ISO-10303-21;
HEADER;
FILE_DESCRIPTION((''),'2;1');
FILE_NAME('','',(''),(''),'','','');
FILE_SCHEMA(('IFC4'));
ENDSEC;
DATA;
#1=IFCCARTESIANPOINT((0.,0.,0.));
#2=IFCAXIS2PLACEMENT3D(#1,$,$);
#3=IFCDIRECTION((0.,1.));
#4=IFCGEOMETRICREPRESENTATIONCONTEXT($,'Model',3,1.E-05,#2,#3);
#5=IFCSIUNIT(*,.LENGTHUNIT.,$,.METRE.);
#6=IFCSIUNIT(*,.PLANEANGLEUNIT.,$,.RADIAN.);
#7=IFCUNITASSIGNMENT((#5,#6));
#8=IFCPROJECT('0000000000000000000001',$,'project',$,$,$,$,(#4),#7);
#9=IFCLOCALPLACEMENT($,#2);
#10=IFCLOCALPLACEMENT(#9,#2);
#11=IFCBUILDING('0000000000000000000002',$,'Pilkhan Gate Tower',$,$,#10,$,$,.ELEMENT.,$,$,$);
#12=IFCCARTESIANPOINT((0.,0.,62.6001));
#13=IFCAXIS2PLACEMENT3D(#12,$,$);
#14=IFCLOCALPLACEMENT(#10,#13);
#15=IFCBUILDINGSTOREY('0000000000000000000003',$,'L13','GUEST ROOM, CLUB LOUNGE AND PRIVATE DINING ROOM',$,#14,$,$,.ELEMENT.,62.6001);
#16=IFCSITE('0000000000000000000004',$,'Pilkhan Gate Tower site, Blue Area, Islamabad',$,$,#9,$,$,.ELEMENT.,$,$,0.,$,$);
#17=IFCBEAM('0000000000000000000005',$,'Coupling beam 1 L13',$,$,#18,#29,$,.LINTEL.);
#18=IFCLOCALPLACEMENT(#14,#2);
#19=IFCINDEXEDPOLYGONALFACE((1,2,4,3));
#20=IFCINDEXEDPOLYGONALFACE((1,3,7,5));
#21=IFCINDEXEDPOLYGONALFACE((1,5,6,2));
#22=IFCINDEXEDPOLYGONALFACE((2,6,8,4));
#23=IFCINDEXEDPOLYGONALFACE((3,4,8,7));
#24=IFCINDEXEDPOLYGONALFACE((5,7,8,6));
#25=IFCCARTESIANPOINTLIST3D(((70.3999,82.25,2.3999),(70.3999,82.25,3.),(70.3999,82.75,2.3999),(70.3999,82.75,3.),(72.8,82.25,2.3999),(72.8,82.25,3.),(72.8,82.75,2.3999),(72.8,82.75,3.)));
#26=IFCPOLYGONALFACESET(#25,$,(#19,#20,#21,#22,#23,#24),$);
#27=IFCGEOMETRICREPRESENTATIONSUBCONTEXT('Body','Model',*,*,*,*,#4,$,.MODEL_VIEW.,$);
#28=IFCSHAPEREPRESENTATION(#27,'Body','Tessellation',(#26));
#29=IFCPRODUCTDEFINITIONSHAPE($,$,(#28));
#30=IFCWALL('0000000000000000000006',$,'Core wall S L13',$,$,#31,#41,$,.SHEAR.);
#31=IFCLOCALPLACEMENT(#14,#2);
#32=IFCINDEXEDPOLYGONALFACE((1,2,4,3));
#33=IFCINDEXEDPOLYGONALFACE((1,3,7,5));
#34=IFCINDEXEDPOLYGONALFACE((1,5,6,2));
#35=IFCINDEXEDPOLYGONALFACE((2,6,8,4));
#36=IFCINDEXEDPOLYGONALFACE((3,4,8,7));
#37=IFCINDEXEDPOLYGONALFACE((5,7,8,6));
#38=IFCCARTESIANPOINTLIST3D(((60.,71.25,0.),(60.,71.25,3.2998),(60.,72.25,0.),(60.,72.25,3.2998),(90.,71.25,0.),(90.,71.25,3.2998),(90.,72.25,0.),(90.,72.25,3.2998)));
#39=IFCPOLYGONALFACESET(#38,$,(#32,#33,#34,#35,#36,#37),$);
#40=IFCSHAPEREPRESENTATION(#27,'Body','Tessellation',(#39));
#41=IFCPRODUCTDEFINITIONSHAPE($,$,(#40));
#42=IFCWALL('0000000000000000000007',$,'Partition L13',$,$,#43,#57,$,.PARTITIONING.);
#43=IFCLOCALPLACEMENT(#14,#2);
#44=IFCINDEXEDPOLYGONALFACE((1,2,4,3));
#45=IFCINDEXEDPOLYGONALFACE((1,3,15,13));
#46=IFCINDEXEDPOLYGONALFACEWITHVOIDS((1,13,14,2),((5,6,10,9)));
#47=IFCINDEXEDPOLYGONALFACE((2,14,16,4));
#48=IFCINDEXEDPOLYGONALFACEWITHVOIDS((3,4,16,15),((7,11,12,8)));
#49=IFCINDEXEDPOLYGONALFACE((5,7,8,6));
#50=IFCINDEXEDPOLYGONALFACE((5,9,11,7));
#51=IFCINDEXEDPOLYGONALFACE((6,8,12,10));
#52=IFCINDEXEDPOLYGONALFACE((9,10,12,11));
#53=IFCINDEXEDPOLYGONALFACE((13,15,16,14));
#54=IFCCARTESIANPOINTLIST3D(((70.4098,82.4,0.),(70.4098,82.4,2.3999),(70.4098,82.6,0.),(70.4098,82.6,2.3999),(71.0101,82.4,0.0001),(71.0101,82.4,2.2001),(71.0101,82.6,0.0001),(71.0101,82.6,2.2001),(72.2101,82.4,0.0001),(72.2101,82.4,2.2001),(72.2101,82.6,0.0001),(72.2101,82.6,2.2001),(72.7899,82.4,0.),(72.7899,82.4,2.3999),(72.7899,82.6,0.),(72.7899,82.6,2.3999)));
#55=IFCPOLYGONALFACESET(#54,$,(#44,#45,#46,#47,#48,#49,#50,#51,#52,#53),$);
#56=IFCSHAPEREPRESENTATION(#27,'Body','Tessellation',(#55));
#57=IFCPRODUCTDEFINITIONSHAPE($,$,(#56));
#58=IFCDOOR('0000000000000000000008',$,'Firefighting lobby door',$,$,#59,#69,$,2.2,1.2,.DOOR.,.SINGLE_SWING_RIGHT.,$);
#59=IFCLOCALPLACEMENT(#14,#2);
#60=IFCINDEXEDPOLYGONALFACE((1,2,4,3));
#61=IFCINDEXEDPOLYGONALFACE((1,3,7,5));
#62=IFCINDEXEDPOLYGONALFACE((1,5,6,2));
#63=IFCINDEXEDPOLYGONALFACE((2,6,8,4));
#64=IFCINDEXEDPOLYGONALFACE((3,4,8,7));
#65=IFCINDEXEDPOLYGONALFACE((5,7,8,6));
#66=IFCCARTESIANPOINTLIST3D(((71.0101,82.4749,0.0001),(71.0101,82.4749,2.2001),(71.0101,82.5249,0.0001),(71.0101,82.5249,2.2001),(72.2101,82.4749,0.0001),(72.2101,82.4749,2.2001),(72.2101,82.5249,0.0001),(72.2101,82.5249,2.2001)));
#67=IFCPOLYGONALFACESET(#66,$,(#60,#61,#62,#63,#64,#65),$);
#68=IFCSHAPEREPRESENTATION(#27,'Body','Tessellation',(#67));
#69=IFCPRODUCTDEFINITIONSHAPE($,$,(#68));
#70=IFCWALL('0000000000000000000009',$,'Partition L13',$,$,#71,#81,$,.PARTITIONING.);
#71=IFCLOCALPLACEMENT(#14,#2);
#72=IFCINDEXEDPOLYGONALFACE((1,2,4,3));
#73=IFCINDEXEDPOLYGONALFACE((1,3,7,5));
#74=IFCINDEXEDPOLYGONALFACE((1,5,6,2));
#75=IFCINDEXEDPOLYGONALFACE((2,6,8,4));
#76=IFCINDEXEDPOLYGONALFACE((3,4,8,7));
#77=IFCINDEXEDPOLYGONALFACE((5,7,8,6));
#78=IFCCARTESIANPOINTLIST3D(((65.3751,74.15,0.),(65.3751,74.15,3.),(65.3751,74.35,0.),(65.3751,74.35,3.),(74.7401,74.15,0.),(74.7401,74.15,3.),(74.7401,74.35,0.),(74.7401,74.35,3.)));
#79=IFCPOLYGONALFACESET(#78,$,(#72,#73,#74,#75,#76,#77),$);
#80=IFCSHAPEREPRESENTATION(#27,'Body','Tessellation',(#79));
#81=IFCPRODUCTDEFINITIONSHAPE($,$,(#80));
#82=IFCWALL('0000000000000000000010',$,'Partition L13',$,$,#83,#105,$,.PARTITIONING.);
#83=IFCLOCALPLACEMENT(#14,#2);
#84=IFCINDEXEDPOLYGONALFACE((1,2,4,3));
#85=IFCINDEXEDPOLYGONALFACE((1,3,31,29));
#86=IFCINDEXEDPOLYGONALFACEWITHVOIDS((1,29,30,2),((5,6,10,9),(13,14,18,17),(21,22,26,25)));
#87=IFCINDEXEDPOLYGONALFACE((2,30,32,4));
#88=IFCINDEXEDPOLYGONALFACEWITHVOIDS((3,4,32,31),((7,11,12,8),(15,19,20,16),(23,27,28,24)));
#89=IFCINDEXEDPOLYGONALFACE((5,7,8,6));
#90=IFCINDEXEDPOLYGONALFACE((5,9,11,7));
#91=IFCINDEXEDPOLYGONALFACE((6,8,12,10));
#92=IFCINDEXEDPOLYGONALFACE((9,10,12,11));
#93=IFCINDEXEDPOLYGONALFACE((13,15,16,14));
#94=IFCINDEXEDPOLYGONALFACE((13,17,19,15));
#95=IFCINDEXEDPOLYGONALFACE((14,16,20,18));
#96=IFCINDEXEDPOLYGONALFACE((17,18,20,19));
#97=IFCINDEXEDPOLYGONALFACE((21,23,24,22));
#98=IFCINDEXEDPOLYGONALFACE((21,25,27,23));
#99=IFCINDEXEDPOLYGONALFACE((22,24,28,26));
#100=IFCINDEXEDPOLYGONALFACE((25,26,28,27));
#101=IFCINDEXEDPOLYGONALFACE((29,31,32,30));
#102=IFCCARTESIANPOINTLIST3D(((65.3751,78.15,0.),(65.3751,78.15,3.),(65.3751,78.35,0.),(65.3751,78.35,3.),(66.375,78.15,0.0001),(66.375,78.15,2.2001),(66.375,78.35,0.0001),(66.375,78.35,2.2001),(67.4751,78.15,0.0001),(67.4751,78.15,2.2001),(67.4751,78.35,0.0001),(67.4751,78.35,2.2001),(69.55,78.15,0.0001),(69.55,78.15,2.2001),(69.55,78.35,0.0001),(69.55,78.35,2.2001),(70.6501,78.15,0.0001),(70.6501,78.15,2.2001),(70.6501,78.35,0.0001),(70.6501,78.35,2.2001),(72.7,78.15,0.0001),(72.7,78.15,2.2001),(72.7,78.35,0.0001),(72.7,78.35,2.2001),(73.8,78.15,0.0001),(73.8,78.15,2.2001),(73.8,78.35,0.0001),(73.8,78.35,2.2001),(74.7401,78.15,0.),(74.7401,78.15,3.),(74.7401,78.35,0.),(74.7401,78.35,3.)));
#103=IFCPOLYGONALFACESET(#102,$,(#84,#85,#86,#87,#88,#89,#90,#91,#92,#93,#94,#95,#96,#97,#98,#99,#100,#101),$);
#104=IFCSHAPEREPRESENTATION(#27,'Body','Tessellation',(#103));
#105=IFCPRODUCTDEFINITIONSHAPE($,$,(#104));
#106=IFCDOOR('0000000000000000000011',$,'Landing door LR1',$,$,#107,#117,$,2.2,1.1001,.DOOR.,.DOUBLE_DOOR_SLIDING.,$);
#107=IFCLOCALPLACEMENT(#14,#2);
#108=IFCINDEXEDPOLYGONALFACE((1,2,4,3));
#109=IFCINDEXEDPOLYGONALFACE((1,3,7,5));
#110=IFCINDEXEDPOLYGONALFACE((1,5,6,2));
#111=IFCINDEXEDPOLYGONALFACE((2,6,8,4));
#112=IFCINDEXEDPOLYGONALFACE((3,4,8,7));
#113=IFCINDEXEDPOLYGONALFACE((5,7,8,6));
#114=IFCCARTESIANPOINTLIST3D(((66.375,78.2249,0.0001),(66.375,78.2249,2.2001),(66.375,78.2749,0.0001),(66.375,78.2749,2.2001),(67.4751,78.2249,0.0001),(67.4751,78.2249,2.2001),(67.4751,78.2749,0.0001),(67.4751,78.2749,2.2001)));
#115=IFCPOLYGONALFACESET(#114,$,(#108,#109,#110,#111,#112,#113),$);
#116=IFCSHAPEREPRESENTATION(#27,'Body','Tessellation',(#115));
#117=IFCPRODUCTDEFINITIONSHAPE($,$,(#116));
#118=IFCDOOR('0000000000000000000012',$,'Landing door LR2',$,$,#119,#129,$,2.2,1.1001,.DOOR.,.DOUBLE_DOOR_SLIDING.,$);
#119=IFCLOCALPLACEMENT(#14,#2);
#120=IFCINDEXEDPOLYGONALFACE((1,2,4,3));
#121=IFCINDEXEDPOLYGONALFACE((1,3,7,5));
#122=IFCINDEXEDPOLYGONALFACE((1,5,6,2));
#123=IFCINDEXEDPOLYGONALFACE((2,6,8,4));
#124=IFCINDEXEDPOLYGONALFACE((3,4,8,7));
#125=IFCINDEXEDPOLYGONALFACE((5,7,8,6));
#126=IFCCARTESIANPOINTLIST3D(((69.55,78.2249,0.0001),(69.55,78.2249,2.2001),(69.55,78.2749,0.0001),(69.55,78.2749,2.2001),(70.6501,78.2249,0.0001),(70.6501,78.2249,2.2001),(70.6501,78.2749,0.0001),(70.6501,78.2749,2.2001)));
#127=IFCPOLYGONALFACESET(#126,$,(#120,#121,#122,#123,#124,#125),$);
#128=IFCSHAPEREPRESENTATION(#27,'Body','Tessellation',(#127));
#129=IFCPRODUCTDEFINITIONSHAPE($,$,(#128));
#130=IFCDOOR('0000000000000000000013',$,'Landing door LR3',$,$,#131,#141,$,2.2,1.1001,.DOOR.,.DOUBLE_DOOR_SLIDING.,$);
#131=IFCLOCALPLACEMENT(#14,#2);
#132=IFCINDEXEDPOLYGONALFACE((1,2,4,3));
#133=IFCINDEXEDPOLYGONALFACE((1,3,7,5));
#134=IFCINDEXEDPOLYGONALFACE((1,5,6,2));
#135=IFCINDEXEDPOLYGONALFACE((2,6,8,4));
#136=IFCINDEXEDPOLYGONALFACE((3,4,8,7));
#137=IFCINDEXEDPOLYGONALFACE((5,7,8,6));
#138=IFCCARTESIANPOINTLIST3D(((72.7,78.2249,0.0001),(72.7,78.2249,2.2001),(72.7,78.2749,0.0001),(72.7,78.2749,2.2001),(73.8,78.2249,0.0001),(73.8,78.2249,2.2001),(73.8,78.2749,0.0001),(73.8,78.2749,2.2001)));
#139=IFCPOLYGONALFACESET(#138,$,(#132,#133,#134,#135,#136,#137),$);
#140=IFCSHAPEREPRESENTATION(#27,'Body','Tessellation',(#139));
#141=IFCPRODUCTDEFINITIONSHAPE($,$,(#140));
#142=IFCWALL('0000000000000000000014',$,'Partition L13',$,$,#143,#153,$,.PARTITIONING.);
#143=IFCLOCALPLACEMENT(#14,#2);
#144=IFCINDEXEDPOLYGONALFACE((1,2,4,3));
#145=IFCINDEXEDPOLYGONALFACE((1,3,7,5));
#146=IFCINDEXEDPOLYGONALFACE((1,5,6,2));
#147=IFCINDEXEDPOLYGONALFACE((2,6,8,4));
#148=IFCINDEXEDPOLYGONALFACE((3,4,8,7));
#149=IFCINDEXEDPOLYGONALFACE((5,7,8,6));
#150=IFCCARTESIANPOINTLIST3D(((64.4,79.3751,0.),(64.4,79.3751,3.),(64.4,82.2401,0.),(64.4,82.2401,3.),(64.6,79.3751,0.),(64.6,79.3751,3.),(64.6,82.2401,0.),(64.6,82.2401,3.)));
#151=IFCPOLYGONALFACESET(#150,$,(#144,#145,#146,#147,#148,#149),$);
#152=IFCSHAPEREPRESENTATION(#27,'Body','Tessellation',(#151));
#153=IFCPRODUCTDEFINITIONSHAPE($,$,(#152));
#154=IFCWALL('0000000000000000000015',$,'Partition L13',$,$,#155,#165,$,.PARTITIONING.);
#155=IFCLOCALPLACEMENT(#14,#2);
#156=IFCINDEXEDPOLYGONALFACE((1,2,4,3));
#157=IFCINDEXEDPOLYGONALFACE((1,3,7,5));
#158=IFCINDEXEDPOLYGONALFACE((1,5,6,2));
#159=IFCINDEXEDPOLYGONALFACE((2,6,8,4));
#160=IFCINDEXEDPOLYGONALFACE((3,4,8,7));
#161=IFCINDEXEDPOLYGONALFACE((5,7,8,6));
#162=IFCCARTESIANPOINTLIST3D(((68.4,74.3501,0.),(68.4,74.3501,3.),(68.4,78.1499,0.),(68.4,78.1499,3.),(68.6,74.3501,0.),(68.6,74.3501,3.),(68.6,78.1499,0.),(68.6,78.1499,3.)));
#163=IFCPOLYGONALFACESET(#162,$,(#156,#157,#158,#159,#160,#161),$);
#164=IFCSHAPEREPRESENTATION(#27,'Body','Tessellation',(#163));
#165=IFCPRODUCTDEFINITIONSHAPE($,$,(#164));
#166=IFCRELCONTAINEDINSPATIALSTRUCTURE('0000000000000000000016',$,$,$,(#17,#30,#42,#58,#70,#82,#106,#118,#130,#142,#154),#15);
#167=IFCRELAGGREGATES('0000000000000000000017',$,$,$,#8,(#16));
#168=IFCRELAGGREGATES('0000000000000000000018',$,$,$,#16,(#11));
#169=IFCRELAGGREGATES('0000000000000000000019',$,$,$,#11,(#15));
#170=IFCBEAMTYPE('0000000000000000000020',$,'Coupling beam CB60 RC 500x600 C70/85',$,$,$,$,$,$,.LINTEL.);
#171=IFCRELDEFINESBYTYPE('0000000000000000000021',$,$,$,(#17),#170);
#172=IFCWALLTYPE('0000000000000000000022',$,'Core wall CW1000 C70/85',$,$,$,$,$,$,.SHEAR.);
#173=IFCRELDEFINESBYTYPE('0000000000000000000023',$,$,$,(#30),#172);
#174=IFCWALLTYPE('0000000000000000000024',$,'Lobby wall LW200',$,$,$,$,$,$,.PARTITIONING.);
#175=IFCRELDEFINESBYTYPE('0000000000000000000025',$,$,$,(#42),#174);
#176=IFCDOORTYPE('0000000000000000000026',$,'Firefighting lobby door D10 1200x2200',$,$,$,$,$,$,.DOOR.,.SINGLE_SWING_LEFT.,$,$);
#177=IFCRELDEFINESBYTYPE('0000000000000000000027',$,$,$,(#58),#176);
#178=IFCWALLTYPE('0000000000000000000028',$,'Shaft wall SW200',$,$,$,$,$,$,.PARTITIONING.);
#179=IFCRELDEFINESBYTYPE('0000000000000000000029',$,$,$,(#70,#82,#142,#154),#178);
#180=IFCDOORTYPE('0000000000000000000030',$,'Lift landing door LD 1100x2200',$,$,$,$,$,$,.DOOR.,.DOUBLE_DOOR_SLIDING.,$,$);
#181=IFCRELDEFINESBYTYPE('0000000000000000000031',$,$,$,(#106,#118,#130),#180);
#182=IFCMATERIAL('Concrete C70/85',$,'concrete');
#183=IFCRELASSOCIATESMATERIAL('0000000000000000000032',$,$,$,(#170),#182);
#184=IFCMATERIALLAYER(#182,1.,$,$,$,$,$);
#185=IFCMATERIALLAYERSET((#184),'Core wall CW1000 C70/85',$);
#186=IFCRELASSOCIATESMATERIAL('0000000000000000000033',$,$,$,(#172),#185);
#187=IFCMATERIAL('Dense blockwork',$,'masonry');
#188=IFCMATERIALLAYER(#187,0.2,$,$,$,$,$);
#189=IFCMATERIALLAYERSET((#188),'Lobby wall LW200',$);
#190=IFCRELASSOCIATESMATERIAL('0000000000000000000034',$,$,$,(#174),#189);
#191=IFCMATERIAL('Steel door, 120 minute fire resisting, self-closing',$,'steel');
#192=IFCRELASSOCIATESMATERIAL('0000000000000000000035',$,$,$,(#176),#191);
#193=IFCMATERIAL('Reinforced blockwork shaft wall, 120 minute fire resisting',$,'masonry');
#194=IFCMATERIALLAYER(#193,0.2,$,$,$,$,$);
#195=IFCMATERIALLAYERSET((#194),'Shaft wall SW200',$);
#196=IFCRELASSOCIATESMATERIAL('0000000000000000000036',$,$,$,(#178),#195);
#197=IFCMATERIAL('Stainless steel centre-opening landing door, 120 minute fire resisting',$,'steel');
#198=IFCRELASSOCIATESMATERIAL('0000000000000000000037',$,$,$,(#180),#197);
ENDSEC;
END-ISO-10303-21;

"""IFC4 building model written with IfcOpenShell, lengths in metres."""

from ifc_helpers import new_model, si_unit, direction, frame, frame_2d, origin, origin_2d, place, context, subcontext, project, spatial, rectangle, extrude, material, layer, layer_set, material_profile, profile_set, type_object, element, fill, save


model = new_model("IFC4")

# Units and contexts
model_context = context("Model", 3, precision=1e-05, world=origin(), true_north=direction((0.0, 1.0)))
body_context = subcontext(model_context, "Body", "Model", "MODEL_VIEW")
ifc_project = project(units=[si_unit("LENGTHUNIT", "METRE"), si_unit("PLANEANGLEUNIT", "RADIAN")], contexts=[model_context])

# Site, building, storey
site_placement = place(None, origin())
site = spatial("IfcSite", under=ifc_project, at=site_placement, Name="Pilkhan Gate Tower site, Blue Area, Islamabad", CompositionType="ELEMENT", RefElevation=0.0)
building_placement = place(site_placement, origin())
building = spatial("IfcBuilding", under=site, at=building_placement, Name="Pilkhan Gate Tower", CompositionType="ELEMENT")
storey_placement = place(building_placement, frame((0.0, 0.0, 62.6001)))
storey = spatial("IfcBuildingStorey", under=building, at=storey_placement, Name="L13", Description="GUEST ROOM, CLUB LOUNGE AND PRIVATE DINING ROOM", CompositionType="ELEMENT", Elevation=62.6001)

# Beam
ifc_material_1 = material(Name="Concrete C70/85", Category="concrete")
ifc_material_profile = material_profile(ifc_material_1, rectangle(XDim=0.5, YDim=0.6001, at=origin_2d()), Name="RC 500x600")
ifc_profile_set = profile_set([ifc_material_profile], Name="Concrete C70/85")
beam_type = type_object("IfcBeamType", Name="Coupling beam CB60 RC 500x600 C70/85", PredefinedType="LINTEL", material=ifc_profile_set)
beam_placement = place(storey_placement, frame((70.3999, 82.5, 2.7), z_axis=(1.0, 0.0, 0.0), x_axis=(0.0, 1.0, 0.0)))
element("IfcBeam", 1, at=beam_placement, inside=storey, type_object=beam_type, Name="Coupling beam 1 L13", PredefinedType="LINTEL", context=body_context, shape_type="SweptSolid", body=[
    extrude(rectangle(XDim=0.5, YDim=0.6001, at=origin_2d()), origin(), (0.0, 0.0, 1.0), 2.4001),
])

# Wall
ifc_layer_1 = layer(ifc_material_1, 1.0)
ifc_layer_set_1 = layer_set([ifc_layer_1], Name="Core wall CW1000 C70/85")
wall_type_1 = type_object("IfcWallType", Name="Core wall CW1000 C70/85", PredefinedType="SHEAR", material=ifc_layer_set_1)
wall_1_placement = place(storey_placement, frame((60.0, 71.75, 0.0), z_axis=(0.0, 0.0, 1.0), x_axis=(1.0, 0.0, 0.0)))
element("IfcWall", 2, at=wall_1_placement, inside=storey, type_object=wall_type_1, Name="Core wall S L13", PredefinedType="SHEAR", context=body_context, shape_type="SweptSolid", body=[
    extrude(rectangle(XDim=30.0, YDim=1.0, at=frame_2d((15.0, 0.0))), origin(), (0.0, 0.0, 1.0), 3.2998),
])

# Wall, opening, door
ifc_material_2 = material(Name="Dense blockwork", Category="masonry")
ifc_layer_2 = layer(ifc_material_2, 0.2)
ifc_layer_set_2 = layer_set([ifc_layer_2], Name="Lobby wall LW200")
wall_type_2 = type_object("IfcWallType", Name="Lobby wall LW200", PredefinedType="PARTITIONING", material=ifc_layer_set_2)
wall_2_placement = place(storey_placement, frame((70.4099, 82.5, 0.0), z_axis=(0.0, 0.0, 1.0), x_axis=(1.0, 0.0, 0.0)))
wall_2 = element("IfcWall", 3, at=wall_2_placement, inside=storey, type_object=wall_type_2, Name="Partition L13", PredefinedType="PARTITIONING", context=body_context, shape_type="SweptSolid", body=[
    extrude(rectangle(XDim=2.3801, YDim=0.2, at=frame_2d((1.1899, 0.0))), origin(), (0.0, 0.0, 1.0), 2.3999),
])
opening_1_placement = place(wall_2_placement, frame((0.6001, 0.0, 0.0)))
opening_1 = element("IfcOpeningElement", 4, at=opening_1_placement, cuts=wall_2, PredefinedType="OPENING", context=body_context, shape_type="SweptSolid", body=[
    extrude(rectangle(XDim=1.2, YDim=2.2, at=frame_2d((0.6001, 1.1001))), frame((0.0, 0.1099, 0.0), z_axis=(0.0, -1.0, 0.0), x_axis=(1.0, 0.0, 0.0)), (0.0, 0.0, 1.0), 0.22),
])
ifc_material_3 = material(Name="Steel door, 120 minute fire resisting, self-closing", Category="steel")
door_type_1 = type_object("IfcDoorType", Name="Firefighting lobby door D10 1200x2200", OperationType="SINGLE_SWING_LEFT", PredefinedType="DOOR", material=ifc_material_3)
door_1_placement = place(opening_1_placement, origin())
door_1 = element("IfcDoor", 5, at=door_1_placement, inside=storey, type_object=door_type_1, Name="Firefighting lobby door", OperationType="SINGLE_SWING_RIGHT", OverallHeight=2.2, OverallWidth=1.2, PredefinedType="DOOR", context=body_context, shape_type="SweptSolid", body=[
    extrude(rectangle(XDim=1.2, YDim=2.2, at=frame_2d((0.6001, 1.1001))), frame((0.0, 0.0249, 0.0), z_axis=(0.0, -1.0, 0.0), x_axis=(1.0, 0.0, 0.0)), (0.0, 0.0, 1.0), 0.05),
])
fill(opening_1, door_1)

# Wall
ifc_material_4 = material(Name="Reinforced blockwork shaft wall, 120 minute fire resisting", Category="masonry")
ifc_layer_3 = layer(ifc_material_4, 0.2)
ifc_layer_set_3 = layer_set([ifc_layer_3], Name="Shaft wall SW200")
wall_type_3 = type_object("IfcWallType", Name="Shaft wall SW200", PredefinedType="PARTITIONING", material=ifc_layer_set_3)
wall_3_placement = place(storey_placement, frame((65.375, 74.25, 0.0), z_axis=(0.0, 0.0, 1.0), x_axis=(1.0, 0.0, 0.0)))
element("IfcWall", 6, at=wall_3_placement, inside=storey, type_object=wall_type_3, Name="Partition L13", PredefinedType="PARTITIONING", context=body_context, shape_type="SweptSolid", body=[
    extrude(rectangle(XDim=9.365, YDim=0.2, at=frame_2d((4.6826, 0.0))), origin(), (0.0, 0.0, 1.0), 3.0),
])

# Wall, openings, doors
wall_4_placement = place(storey_placement, frame((65.375, 78.25, 0.0), z_axis=(0.0, 0.0, 1.0), x_axis=(1.0, 0.0, 0.0)))
wall_4 = element("IfcWall", 7, at=wall_4_placement, inside=storey, type_object=wall_type_3, Name="Partition L13", PredefinedType="PARTITIONING", context=body_context, shape_type="SweptSolid", body=[
    extrude(rectangle(XDim=9.365, YDim=0.2, at=frame_2d((4.6826, 0.0))), origin(), (0.0, 0.0, 1.0), 3.0),
])
opening_2_placement = place(wall_4_placement, frame((1.0, 0.0, 0.0)))
opening_2 = element("IfcOpeningElement", 8, at=opening_2_placement, cuts=wall_4, PredefinedType="OPENING", context=body_context, shape_type="SweptSolid", body=[
    extrude(rectangle(XDim=1.1001, YDim=2.2, at=frame_2d((0.55, 1.1001))), frame((0.0, 0.1099, 0.0), z_axis=(0.0, -1.0, 0.0), x_axis=(1.0, 0.0, 0.0)), (0.0, 0.0, 1.0), 0.22),
])
opening_3_placement = place(wall_4_placement, frame((4.175, 0.0, 0.0)))
opening_3 = element("IfcOpeningElement", 9, at=opening_3_placement, cuts=wall_4, PredefinedType="OPENING", context=body_context, shape_type="SweptSolid", body=[
    extrude(rectangle(XDim=1.1001, YDim=2.2, at=frame_2d((0.55, 1.1001))), frame((0.0, 0.1099, 0.0), z_axis=(0.0, -1.0, 0.0), x_axis=(1.0, 0.0, 0.0)), (0.0, 0.0, 1.0), 0.22),
])
opening_4_placement = place(wall_4_placement, frame((7.325, 0.0, 0.0)))
opening_4 = element("IfcOpeningElement", 10, at=opening_4_placement, cuts=wall_4, PredefinedType="OPENING", context=body_context, shape_type="SweptSolid", body=[
    extrude(rectangle(XDim=1.1001, YDim=2.2, at=frame_2d((0.55, 1.1001))), frame((0.0, 0.1099, 0.0), z_axis=(0.0, -1.0, 0.0), x_axis=(1.0, 0.0, 0.0)), (0.0, 0.0, 1.0), 0.22),
])
ifc_material_5 = material(Name="Stainless steel centre-opening landing door, 120 minute fire resisting", Category="steel")
door_type_2 = type_object("IfcDoorType", Name="Lift landing door LD 1100x2200", OperationType="DOUBLE_DOOR_SLIDING", PredefinedType="DOOR", material=ifc_material_5)
door_2_placement = place(opening_2_placement, origin())
door_2 = element("IfcDoor", 11, at=door_2_placement, inside=storey, type_object=door_type_2, Name="Landing door LR1", OperationType="DOUBLE_DOOR_SLIDING", OverallHeight=2.2, OverallWidth=1.1001, PredefinedType="DOOR", context=body_context, shape_type="SweptSolid", body=[
    extrude(rectangle(XDim=1.1001, YDim=2.2, at=frame_2d((0.55, 1.1001))), frame((0.0, 0.0249, 0.0), z_axis=(0.0, -1.0, 0.0), x_axis=(1.0, 0.0, 0.0)), (0.0, 0.0, 1.0), 0.05),
])
fill(opening_2, door_2)
door_3_placement = place(opening_3_placement, origin())
door_3 = element("IfcDoor", 12, at=door_3_placement, inside=storey, type_object=door_type_2, Name="Landing door LR2", OperationType="DOUBLE_DOOR_SLIDING", OverallHeight=2.2, OverallWidth=1.1001, PredefinedType="DOOR", context=body_context, shape_type="SweptSolid", body=[
    extrude(rectangle(XDim=1.1001, YDim=2.2, at=frame_2d((0.55, 1.1001))), frame((0.0, 0.0249, 0.0), z_axis=(0.0, -1.0, 0.0), x_axis=(1.0, 0.0, 0.0)), (0.0, 0.0, 1.0), 0.05),
])
fill(opening_3, door_3)
door_4_placement = place(opening_4_placement, origin())
door_4 = element("IfcDoor", 13, at=door_4_placement, inside=storey, type_object=door_type_2, Name="Landing door LR3", OperationType="DOUBLE_DOOR_SLIDING", OverallHeight=2.2, OverallWidth=1.1001, PredefinedType="DOOR", context=body_context, shape_type="SweptSolid", body=[
    extrude(rectangle(XDim=1.1001, YDim=2.2, at=frame_2d((0.55, 1.1001))), frame((0.0, 0.0249, 0.0), z_axis=(0.0, -1.0, 0.0), x_axis=(1.0, 0.0, 0.0)), (0.0, 0.0, 1.0), 0.05),
])
fill(opening_4, door_4)

# Walls
wall_5_placement = place(storey_placement, frame((64.5, 79.375, 0.0), z_axis=(0.0, 0.0, 1.0), x_axis=(0.0, 1.0, 0.0)))
element("IfcWall", 14, at=wall_5_placement, inside=storey, type_object=wall_type_3, Name="Partition L13", PredefinedType="PARTITIONING", context=body_context, shape_type="SweptSolid", body=[
    extrude(rectangle(XDim=2.865, YDim=0.2, at=frame_2d((1.4326, 0.0))), origin(), (0.0, 0.0, 1.0), 3.0),
])
wall_6_placement = place(storey_placement, frame((68.5, 74.3501, 0.0), z_axis=(0.0, 0.0, 1.0), x_axis=(0.0, 1.0, 0.0)))
element("IfcWall", 15, at=wall_6_placement, inside=storey, type_object=wall_type_3, Name="Partition L13", PredefinedType="PARTITIONING", context=body_context, shape_type="SweptSolid", body=[
    extrude(rectangle(XDim=3.7998, YDim=0.2, at=frame_2d((1.8999, 0.0))), origin(), (0.0, 0.0, 1.0), 3.0),
])

save(model, "model.ifc")
